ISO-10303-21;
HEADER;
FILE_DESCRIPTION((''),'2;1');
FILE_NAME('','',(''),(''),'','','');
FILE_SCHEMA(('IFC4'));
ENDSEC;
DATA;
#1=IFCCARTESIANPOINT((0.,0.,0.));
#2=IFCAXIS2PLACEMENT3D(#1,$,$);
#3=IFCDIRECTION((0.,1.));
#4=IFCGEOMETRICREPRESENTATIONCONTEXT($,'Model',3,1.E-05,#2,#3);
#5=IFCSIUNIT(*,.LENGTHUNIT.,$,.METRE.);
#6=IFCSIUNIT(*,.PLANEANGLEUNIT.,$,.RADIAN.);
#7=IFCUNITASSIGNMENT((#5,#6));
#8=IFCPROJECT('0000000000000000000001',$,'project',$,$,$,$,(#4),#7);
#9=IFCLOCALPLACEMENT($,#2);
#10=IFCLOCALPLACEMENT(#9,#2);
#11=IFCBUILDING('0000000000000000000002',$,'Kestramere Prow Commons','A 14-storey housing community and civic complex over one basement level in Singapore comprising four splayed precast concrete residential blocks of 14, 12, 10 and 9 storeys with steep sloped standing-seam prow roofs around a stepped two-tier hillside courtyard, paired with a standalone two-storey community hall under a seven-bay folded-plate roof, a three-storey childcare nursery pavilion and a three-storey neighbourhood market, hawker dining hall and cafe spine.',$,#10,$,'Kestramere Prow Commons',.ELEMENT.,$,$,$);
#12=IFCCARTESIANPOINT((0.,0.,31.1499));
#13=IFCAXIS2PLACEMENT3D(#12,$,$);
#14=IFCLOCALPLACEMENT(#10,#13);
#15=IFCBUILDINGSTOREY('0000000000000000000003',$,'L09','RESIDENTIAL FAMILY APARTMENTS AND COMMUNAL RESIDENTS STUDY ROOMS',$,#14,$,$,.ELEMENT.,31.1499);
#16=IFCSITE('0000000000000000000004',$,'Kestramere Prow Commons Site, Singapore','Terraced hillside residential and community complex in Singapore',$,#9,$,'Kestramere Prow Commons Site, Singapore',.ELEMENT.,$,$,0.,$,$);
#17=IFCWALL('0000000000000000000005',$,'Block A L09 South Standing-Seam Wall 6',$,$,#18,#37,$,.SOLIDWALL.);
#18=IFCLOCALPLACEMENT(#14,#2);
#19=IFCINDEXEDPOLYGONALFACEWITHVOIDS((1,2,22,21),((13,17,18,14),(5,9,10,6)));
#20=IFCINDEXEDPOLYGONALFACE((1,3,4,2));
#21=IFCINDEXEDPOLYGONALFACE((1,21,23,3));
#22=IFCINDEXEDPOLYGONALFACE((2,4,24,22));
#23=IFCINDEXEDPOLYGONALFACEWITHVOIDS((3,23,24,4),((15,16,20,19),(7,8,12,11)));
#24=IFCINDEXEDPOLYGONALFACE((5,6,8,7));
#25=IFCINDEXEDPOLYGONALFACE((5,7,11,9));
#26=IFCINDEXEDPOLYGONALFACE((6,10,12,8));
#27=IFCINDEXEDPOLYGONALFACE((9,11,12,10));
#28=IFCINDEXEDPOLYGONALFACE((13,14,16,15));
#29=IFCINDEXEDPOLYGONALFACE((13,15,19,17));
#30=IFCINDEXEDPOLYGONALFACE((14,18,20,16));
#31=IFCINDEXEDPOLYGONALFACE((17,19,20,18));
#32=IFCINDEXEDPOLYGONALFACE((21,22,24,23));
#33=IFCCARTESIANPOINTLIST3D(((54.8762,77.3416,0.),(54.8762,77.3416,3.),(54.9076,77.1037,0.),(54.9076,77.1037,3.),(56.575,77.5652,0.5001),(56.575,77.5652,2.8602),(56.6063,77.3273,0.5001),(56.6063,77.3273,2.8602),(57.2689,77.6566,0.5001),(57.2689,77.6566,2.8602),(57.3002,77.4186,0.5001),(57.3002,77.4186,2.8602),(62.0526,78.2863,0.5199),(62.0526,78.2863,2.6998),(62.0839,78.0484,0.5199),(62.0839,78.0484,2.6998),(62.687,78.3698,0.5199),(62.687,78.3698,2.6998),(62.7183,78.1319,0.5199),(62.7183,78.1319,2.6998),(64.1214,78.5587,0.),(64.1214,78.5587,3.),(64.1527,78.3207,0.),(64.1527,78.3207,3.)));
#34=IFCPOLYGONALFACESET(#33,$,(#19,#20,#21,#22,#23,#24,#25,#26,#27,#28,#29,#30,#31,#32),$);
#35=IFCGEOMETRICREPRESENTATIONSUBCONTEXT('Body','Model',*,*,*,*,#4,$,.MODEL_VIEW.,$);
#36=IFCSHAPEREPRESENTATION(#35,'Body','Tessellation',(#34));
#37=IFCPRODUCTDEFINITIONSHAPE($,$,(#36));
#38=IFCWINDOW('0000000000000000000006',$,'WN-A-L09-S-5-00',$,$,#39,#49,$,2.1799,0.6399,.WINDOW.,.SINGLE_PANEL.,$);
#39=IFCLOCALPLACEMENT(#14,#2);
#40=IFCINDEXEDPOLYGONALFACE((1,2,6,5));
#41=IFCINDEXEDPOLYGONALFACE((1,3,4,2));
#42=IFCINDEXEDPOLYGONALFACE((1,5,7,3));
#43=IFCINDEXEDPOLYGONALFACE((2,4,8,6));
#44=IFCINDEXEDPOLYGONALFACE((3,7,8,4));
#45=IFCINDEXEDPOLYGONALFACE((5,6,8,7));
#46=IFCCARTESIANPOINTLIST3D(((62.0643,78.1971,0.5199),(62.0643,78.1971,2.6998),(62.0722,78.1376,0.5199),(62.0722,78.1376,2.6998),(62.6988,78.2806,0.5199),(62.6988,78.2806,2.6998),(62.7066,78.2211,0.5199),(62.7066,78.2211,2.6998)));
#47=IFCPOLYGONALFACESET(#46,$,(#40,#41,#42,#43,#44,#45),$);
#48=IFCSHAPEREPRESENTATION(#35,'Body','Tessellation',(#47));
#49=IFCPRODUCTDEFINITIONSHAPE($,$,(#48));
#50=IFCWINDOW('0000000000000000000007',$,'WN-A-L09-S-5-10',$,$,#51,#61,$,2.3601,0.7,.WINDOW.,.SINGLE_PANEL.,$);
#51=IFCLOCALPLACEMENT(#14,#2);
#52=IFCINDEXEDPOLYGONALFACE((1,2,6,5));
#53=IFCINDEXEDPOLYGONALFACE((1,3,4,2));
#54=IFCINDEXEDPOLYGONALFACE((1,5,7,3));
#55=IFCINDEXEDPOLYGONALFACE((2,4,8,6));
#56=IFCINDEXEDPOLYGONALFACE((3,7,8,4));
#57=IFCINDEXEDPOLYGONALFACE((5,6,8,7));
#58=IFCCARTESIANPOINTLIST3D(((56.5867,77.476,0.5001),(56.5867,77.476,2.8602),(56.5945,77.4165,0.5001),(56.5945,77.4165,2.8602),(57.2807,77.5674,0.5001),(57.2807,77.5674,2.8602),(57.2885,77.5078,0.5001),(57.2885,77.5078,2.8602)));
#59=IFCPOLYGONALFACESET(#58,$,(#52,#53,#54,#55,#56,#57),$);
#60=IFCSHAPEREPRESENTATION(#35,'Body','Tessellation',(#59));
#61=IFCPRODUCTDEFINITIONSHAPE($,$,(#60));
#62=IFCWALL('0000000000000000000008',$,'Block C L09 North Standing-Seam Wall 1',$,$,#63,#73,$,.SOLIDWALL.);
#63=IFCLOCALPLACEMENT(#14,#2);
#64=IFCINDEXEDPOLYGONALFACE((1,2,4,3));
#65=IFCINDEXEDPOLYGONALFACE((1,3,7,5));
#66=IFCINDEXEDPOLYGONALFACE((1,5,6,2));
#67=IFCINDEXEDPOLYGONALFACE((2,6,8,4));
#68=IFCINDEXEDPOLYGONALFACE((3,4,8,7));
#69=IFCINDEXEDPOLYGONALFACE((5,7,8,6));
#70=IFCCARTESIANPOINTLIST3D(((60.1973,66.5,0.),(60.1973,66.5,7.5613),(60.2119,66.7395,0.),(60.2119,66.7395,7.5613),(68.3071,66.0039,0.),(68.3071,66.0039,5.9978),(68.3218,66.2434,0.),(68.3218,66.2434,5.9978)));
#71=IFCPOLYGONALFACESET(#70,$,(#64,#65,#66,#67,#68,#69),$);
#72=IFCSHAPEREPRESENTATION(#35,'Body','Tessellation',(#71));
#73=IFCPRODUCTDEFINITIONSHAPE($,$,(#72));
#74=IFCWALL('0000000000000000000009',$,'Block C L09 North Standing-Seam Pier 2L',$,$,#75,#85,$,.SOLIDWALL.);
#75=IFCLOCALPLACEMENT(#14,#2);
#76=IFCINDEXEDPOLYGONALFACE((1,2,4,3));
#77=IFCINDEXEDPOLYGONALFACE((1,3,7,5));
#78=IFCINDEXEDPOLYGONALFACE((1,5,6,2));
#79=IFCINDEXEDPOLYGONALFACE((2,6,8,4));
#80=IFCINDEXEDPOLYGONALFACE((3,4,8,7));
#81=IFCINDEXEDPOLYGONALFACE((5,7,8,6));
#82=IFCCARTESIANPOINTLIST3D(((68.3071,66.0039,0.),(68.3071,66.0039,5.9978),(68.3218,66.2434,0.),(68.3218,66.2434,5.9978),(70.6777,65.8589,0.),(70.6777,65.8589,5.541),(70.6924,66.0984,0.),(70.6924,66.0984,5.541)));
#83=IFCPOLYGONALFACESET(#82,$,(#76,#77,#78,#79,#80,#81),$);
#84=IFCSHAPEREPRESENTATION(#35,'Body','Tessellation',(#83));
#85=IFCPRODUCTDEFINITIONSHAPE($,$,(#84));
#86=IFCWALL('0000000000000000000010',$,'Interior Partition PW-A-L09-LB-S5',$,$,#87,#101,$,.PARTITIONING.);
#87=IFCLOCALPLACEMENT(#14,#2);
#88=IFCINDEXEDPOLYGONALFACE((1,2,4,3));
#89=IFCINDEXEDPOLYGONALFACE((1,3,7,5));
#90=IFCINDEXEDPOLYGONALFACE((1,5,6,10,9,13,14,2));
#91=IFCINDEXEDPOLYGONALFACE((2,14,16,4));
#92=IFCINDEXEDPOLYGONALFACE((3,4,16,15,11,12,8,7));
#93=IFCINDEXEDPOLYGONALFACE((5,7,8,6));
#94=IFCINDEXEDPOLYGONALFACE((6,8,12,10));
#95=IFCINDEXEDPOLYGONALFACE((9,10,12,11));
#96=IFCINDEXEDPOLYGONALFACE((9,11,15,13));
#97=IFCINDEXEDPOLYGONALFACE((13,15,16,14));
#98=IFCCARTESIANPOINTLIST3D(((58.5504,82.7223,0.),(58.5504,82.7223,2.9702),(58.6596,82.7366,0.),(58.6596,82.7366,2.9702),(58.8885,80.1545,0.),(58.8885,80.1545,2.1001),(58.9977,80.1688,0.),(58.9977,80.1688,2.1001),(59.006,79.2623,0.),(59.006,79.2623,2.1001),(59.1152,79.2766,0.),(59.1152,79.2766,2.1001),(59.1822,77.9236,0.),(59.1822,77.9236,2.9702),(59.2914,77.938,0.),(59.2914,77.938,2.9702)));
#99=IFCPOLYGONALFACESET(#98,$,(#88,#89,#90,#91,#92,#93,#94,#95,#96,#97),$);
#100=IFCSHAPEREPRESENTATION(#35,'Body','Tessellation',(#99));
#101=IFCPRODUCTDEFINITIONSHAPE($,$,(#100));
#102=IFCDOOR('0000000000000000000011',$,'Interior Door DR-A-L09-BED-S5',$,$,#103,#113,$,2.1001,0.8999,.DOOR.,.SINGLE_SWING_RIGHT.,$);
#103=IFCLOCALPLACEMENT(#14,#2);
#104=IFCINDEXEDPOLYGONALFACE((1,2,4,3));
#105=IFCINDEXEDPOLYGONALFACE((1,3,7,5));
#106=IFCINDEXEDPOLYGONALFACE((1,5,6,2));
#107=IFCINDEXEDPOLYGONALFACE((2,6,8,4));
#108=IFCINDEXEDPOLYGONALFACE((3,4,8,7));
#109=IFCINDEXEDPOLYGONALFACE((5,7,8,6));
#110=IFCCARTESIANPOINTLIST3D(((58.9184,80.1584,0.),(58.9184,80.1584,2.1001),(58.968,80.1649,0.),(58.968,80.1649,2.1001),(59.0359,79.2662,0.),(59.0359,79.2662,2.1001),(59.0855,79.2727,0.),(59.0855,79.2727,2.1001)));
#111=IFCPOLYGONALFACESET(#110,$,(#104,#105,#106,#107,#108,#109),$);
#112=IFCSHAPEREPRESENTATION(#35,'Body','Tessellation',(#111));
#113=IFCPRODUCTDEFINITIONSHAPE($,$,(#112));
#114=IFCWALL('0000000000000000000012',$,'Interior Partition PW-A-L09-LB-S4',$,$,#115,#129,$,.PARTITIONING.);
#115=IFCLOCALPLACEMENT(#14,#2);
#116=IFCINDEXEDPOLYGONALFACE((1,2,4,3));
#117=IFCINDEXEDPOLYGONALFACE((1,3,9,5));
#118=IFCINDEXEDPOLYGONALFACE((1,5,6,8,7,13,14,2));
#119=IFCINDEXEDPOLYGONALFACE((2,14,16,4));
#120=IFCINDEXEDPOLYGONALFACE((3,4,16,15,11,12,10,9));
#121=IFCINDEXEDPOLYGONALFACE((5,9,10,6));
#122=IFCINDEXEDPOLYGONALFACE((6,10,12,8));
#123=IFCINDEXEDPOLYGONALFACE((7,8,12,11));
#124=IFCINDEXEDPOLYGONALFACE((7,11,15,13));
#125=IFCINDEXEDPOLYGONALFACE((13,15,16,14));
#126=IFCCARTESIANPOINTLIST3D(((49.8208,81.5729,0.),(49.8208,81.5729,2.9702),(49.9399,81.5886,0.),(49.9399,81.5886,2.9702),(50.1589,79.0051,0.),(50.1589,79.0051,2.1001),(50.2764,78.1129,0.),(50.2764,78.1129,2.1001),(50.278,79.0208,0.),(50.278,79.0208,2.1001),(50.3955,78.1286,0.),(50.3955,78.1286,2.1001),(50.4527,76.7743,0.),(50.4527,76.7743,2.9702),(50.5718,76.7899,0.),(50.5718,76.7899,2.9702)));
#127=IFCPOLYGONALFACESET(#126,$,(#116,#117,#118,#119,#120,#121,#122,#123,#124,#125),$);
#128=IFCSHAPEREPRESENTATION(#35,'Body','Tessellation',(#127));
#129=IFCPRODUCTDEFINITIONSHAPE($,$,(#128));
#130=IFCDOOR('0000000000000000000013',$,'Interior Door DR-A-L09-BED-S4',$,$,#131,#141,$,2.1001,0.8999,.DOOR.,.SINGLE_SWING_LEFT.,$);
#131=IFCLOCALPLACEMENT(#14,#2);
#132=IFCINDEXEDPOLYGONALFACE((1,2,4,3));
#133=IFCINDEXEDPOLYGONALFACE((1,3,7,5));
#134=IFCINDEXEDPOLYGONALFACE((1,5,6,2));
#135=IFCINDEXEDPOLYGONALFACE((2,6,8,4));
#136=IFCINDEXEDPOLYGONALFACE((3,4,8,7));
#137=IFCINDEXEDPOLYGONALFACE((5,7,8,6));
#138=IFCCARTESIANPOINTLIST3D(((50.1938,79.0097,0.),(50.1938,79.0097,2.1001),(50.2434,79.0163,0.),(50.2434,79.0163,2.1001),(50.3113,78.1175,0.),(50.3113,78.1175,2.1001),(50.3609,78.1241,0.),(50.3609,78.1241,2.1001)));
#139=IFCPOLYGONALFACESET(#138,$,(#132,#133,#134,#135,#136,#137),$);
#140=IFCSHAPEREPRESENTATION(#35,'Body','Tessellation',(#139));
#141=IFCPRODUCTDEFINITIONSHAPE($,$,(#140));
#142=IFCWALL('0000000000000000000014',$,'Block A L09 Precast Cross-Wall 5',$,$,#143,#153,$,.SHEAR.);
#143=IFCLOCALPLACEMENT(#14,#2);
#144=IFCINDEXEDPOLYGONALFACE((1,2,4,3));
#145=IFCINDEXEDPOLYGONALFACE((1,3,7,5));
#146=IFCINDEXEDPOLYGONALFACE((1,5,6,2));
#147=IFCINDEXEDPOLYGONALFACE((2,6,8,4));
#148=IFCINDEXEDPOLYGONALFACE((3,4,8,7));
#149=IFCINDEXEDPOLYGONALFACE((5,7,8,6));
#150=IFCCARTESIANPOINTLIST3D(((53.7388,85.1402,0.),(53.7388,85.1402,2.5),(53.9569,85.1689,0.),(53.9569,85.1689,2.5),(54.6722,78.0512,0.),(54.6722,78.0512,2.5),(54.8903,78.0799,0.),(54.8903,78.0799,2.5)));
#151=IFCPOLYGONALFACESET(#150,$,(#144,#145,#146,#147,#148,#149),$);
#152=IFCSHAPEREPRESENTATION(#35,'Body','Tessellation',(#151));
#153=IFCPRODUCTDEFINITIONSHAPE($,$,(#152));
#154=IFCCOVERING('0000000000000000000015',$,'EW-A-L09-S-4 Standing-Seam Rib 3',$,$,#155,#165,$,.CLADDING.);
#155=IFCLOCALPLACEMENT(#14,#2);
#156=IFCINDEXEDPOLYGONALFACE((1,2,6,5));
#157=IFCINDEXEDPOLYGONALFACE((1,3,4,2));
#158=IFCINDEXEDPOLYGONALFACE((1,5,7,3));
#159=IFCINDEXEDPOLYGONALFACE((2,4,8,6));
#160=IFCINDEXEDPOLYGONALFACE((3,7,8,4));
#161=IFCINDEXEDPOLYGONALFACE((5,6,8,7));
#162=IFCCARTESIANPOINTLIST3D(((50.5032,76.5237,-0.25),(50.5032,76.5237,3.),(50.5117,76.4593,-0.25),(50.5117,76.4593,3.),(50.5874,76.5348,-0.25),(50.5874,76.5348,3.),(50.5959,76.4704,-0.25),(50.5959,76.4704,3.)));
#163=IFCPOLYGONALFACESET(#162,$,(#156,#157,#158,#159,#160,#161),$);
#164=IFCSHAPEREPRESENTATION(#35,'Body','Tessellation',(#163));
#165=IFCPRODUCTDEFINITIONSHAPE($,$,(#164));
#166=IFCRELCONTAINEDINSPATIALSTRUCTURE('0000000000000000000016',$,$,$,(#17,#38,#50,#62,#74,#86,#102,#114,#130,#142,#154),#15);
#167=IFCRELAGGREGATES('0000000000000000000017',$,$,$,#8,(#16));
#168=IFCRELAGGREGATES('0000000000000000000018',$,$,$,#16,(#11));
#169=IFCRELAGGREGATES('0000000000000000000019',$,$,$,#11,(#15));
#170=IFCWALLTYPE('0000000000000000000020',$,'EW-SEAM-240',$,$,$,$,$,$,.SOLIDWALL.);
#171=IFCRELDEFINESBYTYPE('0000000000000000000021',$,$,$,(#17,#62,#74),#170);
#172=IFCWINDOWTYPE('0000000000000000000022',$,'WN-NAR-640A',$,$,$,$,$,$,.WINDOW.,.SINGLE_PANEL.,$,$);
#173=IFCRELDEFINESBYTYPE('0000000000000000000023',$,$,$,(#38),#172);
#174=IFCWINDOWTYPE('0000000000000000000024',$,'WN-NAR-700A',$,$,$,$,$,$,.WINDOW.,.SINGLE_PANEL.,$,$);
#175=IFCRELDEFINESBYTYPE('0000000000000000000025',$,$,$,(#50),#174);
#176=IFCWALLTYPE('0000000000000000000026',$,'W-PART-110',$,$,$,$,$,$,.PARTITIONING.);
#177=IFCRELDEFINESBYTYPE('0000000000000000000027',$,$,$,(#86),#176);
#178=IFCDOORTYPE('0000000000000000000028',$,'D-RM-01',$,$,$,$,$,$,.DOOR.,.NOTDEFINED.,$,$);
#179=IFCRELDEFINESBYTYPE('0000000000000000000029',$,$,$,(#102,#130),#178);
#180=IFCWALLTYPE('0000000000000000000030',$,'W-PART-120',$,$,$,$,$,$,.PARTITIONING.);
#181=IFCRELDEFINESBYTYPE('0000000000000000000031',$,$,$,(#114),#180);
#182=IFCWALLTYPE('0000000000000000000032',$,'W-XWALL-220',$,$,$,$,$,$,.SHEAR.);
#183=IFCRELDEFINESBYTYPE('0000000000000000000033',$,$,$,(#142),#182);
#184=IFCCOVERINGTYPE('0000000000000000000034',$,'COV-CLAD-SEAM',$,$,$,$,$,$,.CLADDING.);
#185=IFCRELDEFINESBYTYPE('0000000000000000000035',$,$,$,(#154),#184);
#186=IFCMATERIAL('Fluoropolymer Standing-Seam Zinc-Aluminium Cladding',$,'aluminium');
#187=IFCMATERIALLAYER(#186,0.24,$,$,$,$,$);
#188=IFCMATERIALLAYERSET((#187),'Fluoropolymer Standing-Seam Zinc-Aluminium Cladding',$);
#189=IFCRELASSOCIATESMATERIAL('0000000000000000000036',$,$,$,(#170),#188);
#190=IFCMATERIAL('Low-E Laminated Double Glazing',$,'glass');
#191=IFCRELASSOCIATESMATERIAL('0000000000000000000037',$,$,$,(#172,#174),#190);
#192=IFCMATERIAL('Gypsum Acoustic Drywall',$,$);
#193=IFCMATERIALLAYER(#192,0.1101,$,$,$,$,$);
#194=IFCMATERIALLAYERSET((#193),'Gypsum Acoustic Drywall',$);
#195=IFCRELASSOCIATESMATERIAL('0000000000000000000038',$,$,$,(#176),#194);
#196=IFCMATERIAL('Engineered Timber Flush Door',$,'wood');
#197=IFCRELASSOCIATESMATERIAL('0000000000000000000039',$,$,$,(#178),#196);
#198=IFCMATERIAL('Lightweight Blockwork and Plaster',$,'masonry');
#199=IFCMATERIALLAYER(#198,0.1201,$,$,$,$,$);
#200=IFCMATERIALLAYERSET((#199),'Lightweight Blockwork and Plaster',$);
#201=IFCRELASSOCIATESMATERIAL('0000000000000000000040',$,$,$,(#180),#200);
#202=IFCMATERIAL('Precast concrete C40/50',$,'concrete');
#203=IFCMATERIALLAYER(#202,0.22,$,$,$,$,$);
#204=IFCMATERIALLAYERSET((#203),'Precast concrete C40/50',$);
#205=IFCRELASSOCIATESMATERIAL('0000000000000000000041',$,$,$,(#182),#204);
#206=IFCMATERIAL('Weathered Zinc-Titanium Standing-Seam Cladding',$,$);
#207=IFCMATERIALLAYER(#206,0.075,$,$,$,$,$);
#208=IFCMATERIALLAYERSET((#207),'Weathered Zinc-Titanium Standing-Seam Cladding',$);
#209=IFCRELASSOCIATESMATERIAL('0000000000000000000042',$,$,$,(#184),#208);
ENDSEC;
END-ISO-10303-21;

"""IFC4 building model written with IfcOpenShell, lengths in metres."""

from ifc_helpers import new_model, si_unit, direction, frame, frame_2d, origin, origin_2d, place, context, subcontext, project, spatial, polyline, rectangle, outline, extrude, material, layer, layer_set, type_object, element, fill, save


model = new_model("IFC4")

# Units and contexts
model_context = context("Model", 3, precision=1e-05, world=origin(), true_north=direction((0.0, 1.0)))
body_context = subcontext(model_context, "Body", "Model", "MODEL_VIEW")
ifc_project = project(units=[si_unit("LENGTHUNIT", "METRE"), si_unit("PLANEANGLEUNIT", "RADIAN")], contexts=[model_context])

# Site, building, storey
site_placement = place(None, origin())
site = spatial("IfcSite", under=ifc_project, at=site_placement, Name="Kestramere Prow Commons Site, Singapore", Description="Terraced hillside residential and community complex in Singapore", LongName="Kestramere Prow Commons Site, Singapore", CompositionType="ELEMENT", RefElevation=0.0)
building_placement = place(site_placement, origin())
building = spatial("IfcBuilding", under=site, at=building_placement, Name="Kestramere Prow Commons", Description="A 14-storey housing community and civic complex over one basement level in Singapore comprising four splayed precast concrete residential blocks of 14, 12, 10 and 9 storeys with steep sloped standing-seam prow roofs around a stepped two-tier hillside courtyard, paired with a standalone two-storey community hall under a seven-bay folded-plate roof, a three-storey childcare nursery pavilion and a three-storey neighbourhood market, hawker dining hall and cafe spine.", LongName="Kestramere Prow Commons", CompositionType="ELEMENT")
storey_placement = place(building_placement, frame((0.0, 0.0, 31.1499)))
storey = spatial("IfcBuildingStorey", under=building, at=storey_placement, Name="L09", Description="RESIDENTIAL FAMILY APARTMENTS AND COMMUNAL RESIDENTS STUDY ROOMS", CompositionType="ELEMENT", Elevation=31.1499)

# Shared definitions
ifc_material_1 = material(Name="Precast concrete C40/50", Category="concrete")

# Wall, openings, windows
ifc_material_2 = material(Name="Fluoropolymer Standing-Seam Zinc-Aluminium Cladding", Category="aluminium")
ifc_layer_1 = layer(ifc_material_2, 0.24)
ifc_layer_set_1 = layer_set([ifc_layer_1], Name="Fluoropolymer Standing-Seam Zinc-Aluminium Cladding")
wall_type_1 = type_object("IfcWallType", Name="EW-SEAM-240", PredefinedType="SOLIDWALL", material=ifc_layer_set_1)
ifc_material_3 = material(Name="Low-E Laminated Double Glazing", Category="glass")
wall_1_placement = place(storey_placement, frame((64.1372, 78.4397, 0.0), z_axis=(0.0, 0.0, 1.0), x_axis=(-0.991446, -0.130515, 0.0)))
wall_1 = element("IfcWall", 1, at=wall_1_placement, inside=storey, type_object=wall_type_1, Name="Block A L09 South Standing-Seam Wall 6", PredefinedType="SOLIDWALL", context=body_context, shape_type="SweptSolid", body=[
    extrude(rectangle(XDim=9.325, YDim=0.24, at=frame_2d((4.6626, 0.0))), origin(), (0.0, 0.0, 1.0), 3.0),
])
opening_1_placement = place(wall_1_placement, frame((1.447, 0.0, 0.52)))
opening_1 = element("IfcOpeningElement", 2, at=opening_1_placement, cuts=wall_1, PredefinedType="OPENING", context=body_context, shape_type="SweptSolid", body=[
    extrude(rectangle(XDim=0.6399, YDim=2.1799, at=frame_2d((0.3198, 1.0898))), frame((0.0, 0.135, 0.0), z_axis=(0.0, -1.0, 0.0), x_axis=(1.0, 0.0, 0.0)), (0.0, 0.0, 1.0), 0.27),
])
opening_2_placement = place(wall_1_placement, frame((6.9116, 0.0, 0.5)))
opening_2 = element("IfcOpeningElement", 3, at=opening_2_placement, cuts=wall_1, PredefinedType="OPENING", context=body_context, shape_type="SweptSolid", body=[
    extrude(rectangle(XDim=0.7, YDim=2.3601, at=frame_2d((0.3501, 1.1802))), frame((0.0, 0.135, 0.0), z_axis=(0.0, -1.0, 0.0), x_axis=(1.0, 0.0, 0.0)), (0.0, 0.0, 1.0), 0.27),
])
window_type_1 = type_object("IfcWindowType", Name="WN-NAR-640A", PartitioningType="SINGLE_PANEL", PredefinedType="WINDOW", material=ifc_material_3)
window_1_placement = place(opening_1_placement, origin())
window_1 = element("IfcWindow", 4, at=window_1_placement, inside=storey, type_object=window_type_1, Name="WN-A-L09-S-5-00", OverallHeight=2.1799, OverallWidth=0.6399, PartitioningType="SINGLE_PANEL", PredefinedType="WINDOW", context=body_context, shape_type="SweptSolid", body=[
    extrude(rectangle(XDim=0.6399, YDim=2.1799, at=frame_2d((0.3198, 1.0898))), frame((0.0, 0.03, 0.0), z_axis=(0.0, -1.0, 0.0), x_axis=(1.0, 0.0, 0.0)), (0.0, 0.0, 1.0), 0.0601),
])
fill(opening_1, window_1)
window_type_2 = type_object("IfcWindowType", Name="WN-NAR-700A", PartitioningType="SINGLE_PANEL", PredefinedType="WINDOW", material=ifc_material_3)
window_2_placement = place(opening_2_placement, origin())
window_2 = element("IfcWindow", 5, at=window_2_placement, inside=storey, type_object=window_type_2, Name="WN-A-L09-S-5-10", OverallHeight=2.3601, OverallWidth=0.7, PartitioningType="SINGLE_PANEL", PredefinedType="WINDOW", context=body_context, shape_type="SweptSolid", body=[
    extrude(rectangle(XDim=0.7, YDim=2.3601, at=frame_2d((0.3501, 1.1802))), frame((0.0, 0.03, 0.0), z_axis=(0.0, -1.0, 0.0), x_axis=(1.0, 0.0, 0.0)), (0.0, 0.0, 1.0), 0.0601),
])
fill(opening_2, window_2)

# Walls
wall_2_placement = place(storey_placement, frame((60.2046, 66.6196, 0.0), z_axis=(0.0, 0.0, 1.0), x_axis=(0.998134, -0.061058, 0.0)))
element("IfcWall", 6, at=wall_2_placement, inside=storey, type_object=wall_type_1, Name="Block C L09 North Standing-Seam Wall 1", PredefinedType="SOLIDWALL", context=body_context, shape_type="SweptSolid", body=[
    extrude(outline(polyline([(0.0, 0.0), (8.125, 0.0), (8.125, 5.9978), (0.0, 7.5613), (0.0, 0.0)])), frame((0.0, 0.1201, 0.0), z_axis=(0.0, -1.0, 0.0), x_axis=(1.0, 0.0, 0.0)), (0.0, 0.0, 1.0), 0.24),
])
wall_3_placement = place(storey_placement, frame((68.3145, 66.1235, 0.0), z_axis=(0.0, 0.0, 1.0), x_axis=(0.998134, -0.06106, 0.0)))
element("IfcWall", 7, at=wall_3_placement, inside=storey, type_object=wall_type_1, Name="Block C L09 North Standing-Seam Pier 2L", PredefinedType="SOLIDWALL", context=body_context, shape_type="SweptSolid", body=[
    extrude(outline(polyline([(0.0, 0.0), (2.375, 0.0), (2.375, 5.541), (0.0, 5.9978), (0.0, 0.0)])), frame((0.0, 0.1201, 0.0), z_axis=(0.0, -1.0, 0.0), x_axis=(1.0, 0.0, 0.0)), (0.0, 0.0, 1.0), 0.24),
])

# Walls, openings, doors
ifc_material_4 = material(Name="Gypsum Acoustic Drywall")
ifc_layer_2 = layer(ifc_material_4, 0.1101)
ifc_layer_set_2 = layer_set([ifc_layer_2], Name="Gypsum Acoustic Drywall")
wall_type_2 = type_object("IfcWallType", Name="W-PART-110", PredefinedType="PARTITIONING", material=ifc_layer_set_2)
wall_4_placement = place(storey_placement, frame((59.2368, 77.9309, 0.0), z_axis=(0.0, 0.0, 1.0), x_axis=(-0.130545, 0.991442, 0.0)))
wall_4 = element("IfcWall", 8, at=wall_4_placement, inside=storey, type_object=wall_type_2, Name="Interior Partition PW-A-L09-LB-S5", PredefinedType="PARTITIONING", context=body_context, shape_type="SweptSolid", body=[
    extrude(rectangle(XDim=4.8401, YDim=0.1101, at=frame_2d((2.4199, 0.0))), origin(), (0.0, 0.0, 1.0), 2.9702),
])
opening_3_placement = place(wall_4_placement, frame((1.3501, 0.0, 0.0)))
opening_3 = element("IfcOpeningElement", 9, at=opening_3_placement, cuts=wall_4, PredefinedType="OPENING", context=body_context, shape_type="SweptSolid", body=[
    extrude(rectangle(XDim=0.8999, YDim=2.1001, at=frame_2d((0.45, 1.05))), frame((0.0, 0.0701, 0.0), z_axis=(0.0, -1.0, 0.0), x_axis=(1.0, 0.0, 0.0)), (0.0, 0.0, 1.0), 0.1401),
])
ifc_material_5 = material(Name="Engineered Timber Flush Door", Category="wood")
door_type = type_object("IfcDoorType", Name="D-RM-01", OperationType="NOTDEFINED", PredefinedType="DOOR", material=ifc_material_5)
door_1_placement = place(opening_3_placement, origin())
door_1 = element("IfcDoor", 10, at=door_1_placement, inside=storey, type_object=door_type, Name="Interior Door DR-A-L09-BED-S5", OperationType="SINGLE_SWING_RIGHT", OverallHeight=2.1001, OverallWidth=0.8999, PredefinedType="DOOR", context=body_context, shape_type="SweptSolid", body=[
    extrude(rectangle(XDim=0.8999, YDim=2.1001, at=frame_2d((0.45, 1.05))), frame((0.0, 0.0249, 0.0), z_axis=(0.0, -1.0, 0.0), x_axis=(1.0, 0.0, 0.0)), (0.0, 0.0, 1.0), 0.05),
])
fill(opening_3, door_1)
ifc_material_6 = material(Name="Lightweight Blockwork and Plaster", Category="masonry")
ifc_layer_3 = layer(ifc_material_6, 0.1201)
ifc_layer_set_3 = layer_set([ifc_layer_3], Name="Lightweight Blockwork and Plaster")
wall_type_3 = type_object("IfcWallType", Name="W-PART-120", PredefinedType="PARTITIONING", material=ifc_layer_set_3)
wall_5_placement = place(storey_placement, frame((50.5122, 76.7822, 0.0), z_axis=(0.0, 0.0, 1.0), x_axis=(-0.130545, 0.991442, 0.0)))
wall_5 = element("IfcWall", 11, at=wall_5_placement, inside=storey, type_object=wall_type_3, Name="Interior Partition PW-A-L09-LB-S4", PredefinedType="PARTITIONING", context=body_context, shape_type="SweptSolid", body=[
    extrude(rectangle(XDim=4.8401, YDim=0.1201, at=frame_2d((2.4199, 0.0))), origin(), (0.0, 0.0, 1.0), 2.9702),
])
opening_4_placement = place(wall_5_placement, frame((1.3501, 0.0, 0.0)))
opening_4 = element("IfcOpeningElement", 12, at=opening_4_placement, cuts=wall_5, PredefinedType="OPENING", context=body_context, shape_type="SweptSolid", body=[
    extrude(rectangle(XDim=0.8999, YDim=2.1001, at=frame_2d((0.45, 1.05))), frame((0.0, 0.075, 0.0), z_axis=(0.0, -1.0, 0.0), x_axis=(1.0, 0.0, 0.0)), (0.0, 0.0, 1.0), 0.1501),
])
door_2_placement = place(opening_4_placement, origin())
door_2 = element("IfcDoor", 13, at=door_2_placement, inside=storey, type_object=door_type, Name="Interior Door DR-A-L09-BED-S4", OperationType="SINGLE_SWING_LEFT", OverallHeight=2.1001, OverallWidth=0.8999, PredefinedType="DOOR", context=body_context, shape_type="SweptSolid", body=[
    extrude(rectangle(XDim=0.8999, YDim=2.1001, at=frame_2d((0.45, 1.05))), frame((0.0, 0.0249, 0.0), z_axis=(0.0, -1.0, 0.0), x_axis=(1.0, 0.0, 0.0)), (0.0, 0.0, 1.0), 0.05),
])
fill(opening_4, door_2)

# Wall
ifc_layer_4 = layer(ifc_material_1, 0.22)
ifc_layer_set_4 = layer_set([ifc_layer_4], Name="Precast concrete C40/50")
wall_type_4 = type_object("IfcWallType", Name="W-XWALL-220", PredefinedType="SHEAR", material=ifc_layer_set_4)
wall_6_placement = place(storey_placement, frame((54.7812, 78.0654, 0.0), z_axis=(0.0, 0.0, 1.0), x_axis=(-0.130538, 0.991443, 0.0)))
element("IfcWall", 14, at=wall_6_placement, inside=storey, type_object=wall_type_4, Name="Block A L09 Precast Cross-Wall 5", PredefinedType="SHEAR", context=body_context, shape_type="SweptSolid", body=[
    extrude(rectangle(XDim=7.1501, YDim=0.22, at=frame_2d((3.5752, 0.0))), origin(), (0.0, 0.0, 1.0), 2.5),
])

# Covering
ifc_material_7 = material(Name="Weathered Zinc-Titanium Standing-Seam Cladding")
ifc_layer_5 = layer(ifc_material_7, 0.075)
ifc_layer_set_5 = layer_set([ifc_layer_5], Name="Weathered Zinc-Titanium Standing-Seam Cladding")
covering_type = type_object("IfcCoveringType", Name="COV-CLAD-SEAM", PredefinedType="CLADDING", material=ifc_layer_set_5)
for number, where, z_axis, x_axis, name in (
    (15, (50.5496, 76.4971, -0.25), (0.0, 0.0, 1.0), (-0.991445, -0.130526, 0.0), "EW-A-L09-S-4 Standing-Seam Rib 3"),
):
    element("IfcCovering", number, at=place(storey_placement, frame(where, z_axis=z_axis, x_axis=x_axis)), inside=storey, type_object=covering_type, Name=name, PredefinedType="CLADDING", context=body_context, shape_type="SweptSolid", body=[
        extrude(rectangle(XDim=0.085, YDim=0.0649, at=origin_2d()), origin(), (0.0, 0.0, 1.0), 3.25),
    ])

save(model, "model.ifc")
